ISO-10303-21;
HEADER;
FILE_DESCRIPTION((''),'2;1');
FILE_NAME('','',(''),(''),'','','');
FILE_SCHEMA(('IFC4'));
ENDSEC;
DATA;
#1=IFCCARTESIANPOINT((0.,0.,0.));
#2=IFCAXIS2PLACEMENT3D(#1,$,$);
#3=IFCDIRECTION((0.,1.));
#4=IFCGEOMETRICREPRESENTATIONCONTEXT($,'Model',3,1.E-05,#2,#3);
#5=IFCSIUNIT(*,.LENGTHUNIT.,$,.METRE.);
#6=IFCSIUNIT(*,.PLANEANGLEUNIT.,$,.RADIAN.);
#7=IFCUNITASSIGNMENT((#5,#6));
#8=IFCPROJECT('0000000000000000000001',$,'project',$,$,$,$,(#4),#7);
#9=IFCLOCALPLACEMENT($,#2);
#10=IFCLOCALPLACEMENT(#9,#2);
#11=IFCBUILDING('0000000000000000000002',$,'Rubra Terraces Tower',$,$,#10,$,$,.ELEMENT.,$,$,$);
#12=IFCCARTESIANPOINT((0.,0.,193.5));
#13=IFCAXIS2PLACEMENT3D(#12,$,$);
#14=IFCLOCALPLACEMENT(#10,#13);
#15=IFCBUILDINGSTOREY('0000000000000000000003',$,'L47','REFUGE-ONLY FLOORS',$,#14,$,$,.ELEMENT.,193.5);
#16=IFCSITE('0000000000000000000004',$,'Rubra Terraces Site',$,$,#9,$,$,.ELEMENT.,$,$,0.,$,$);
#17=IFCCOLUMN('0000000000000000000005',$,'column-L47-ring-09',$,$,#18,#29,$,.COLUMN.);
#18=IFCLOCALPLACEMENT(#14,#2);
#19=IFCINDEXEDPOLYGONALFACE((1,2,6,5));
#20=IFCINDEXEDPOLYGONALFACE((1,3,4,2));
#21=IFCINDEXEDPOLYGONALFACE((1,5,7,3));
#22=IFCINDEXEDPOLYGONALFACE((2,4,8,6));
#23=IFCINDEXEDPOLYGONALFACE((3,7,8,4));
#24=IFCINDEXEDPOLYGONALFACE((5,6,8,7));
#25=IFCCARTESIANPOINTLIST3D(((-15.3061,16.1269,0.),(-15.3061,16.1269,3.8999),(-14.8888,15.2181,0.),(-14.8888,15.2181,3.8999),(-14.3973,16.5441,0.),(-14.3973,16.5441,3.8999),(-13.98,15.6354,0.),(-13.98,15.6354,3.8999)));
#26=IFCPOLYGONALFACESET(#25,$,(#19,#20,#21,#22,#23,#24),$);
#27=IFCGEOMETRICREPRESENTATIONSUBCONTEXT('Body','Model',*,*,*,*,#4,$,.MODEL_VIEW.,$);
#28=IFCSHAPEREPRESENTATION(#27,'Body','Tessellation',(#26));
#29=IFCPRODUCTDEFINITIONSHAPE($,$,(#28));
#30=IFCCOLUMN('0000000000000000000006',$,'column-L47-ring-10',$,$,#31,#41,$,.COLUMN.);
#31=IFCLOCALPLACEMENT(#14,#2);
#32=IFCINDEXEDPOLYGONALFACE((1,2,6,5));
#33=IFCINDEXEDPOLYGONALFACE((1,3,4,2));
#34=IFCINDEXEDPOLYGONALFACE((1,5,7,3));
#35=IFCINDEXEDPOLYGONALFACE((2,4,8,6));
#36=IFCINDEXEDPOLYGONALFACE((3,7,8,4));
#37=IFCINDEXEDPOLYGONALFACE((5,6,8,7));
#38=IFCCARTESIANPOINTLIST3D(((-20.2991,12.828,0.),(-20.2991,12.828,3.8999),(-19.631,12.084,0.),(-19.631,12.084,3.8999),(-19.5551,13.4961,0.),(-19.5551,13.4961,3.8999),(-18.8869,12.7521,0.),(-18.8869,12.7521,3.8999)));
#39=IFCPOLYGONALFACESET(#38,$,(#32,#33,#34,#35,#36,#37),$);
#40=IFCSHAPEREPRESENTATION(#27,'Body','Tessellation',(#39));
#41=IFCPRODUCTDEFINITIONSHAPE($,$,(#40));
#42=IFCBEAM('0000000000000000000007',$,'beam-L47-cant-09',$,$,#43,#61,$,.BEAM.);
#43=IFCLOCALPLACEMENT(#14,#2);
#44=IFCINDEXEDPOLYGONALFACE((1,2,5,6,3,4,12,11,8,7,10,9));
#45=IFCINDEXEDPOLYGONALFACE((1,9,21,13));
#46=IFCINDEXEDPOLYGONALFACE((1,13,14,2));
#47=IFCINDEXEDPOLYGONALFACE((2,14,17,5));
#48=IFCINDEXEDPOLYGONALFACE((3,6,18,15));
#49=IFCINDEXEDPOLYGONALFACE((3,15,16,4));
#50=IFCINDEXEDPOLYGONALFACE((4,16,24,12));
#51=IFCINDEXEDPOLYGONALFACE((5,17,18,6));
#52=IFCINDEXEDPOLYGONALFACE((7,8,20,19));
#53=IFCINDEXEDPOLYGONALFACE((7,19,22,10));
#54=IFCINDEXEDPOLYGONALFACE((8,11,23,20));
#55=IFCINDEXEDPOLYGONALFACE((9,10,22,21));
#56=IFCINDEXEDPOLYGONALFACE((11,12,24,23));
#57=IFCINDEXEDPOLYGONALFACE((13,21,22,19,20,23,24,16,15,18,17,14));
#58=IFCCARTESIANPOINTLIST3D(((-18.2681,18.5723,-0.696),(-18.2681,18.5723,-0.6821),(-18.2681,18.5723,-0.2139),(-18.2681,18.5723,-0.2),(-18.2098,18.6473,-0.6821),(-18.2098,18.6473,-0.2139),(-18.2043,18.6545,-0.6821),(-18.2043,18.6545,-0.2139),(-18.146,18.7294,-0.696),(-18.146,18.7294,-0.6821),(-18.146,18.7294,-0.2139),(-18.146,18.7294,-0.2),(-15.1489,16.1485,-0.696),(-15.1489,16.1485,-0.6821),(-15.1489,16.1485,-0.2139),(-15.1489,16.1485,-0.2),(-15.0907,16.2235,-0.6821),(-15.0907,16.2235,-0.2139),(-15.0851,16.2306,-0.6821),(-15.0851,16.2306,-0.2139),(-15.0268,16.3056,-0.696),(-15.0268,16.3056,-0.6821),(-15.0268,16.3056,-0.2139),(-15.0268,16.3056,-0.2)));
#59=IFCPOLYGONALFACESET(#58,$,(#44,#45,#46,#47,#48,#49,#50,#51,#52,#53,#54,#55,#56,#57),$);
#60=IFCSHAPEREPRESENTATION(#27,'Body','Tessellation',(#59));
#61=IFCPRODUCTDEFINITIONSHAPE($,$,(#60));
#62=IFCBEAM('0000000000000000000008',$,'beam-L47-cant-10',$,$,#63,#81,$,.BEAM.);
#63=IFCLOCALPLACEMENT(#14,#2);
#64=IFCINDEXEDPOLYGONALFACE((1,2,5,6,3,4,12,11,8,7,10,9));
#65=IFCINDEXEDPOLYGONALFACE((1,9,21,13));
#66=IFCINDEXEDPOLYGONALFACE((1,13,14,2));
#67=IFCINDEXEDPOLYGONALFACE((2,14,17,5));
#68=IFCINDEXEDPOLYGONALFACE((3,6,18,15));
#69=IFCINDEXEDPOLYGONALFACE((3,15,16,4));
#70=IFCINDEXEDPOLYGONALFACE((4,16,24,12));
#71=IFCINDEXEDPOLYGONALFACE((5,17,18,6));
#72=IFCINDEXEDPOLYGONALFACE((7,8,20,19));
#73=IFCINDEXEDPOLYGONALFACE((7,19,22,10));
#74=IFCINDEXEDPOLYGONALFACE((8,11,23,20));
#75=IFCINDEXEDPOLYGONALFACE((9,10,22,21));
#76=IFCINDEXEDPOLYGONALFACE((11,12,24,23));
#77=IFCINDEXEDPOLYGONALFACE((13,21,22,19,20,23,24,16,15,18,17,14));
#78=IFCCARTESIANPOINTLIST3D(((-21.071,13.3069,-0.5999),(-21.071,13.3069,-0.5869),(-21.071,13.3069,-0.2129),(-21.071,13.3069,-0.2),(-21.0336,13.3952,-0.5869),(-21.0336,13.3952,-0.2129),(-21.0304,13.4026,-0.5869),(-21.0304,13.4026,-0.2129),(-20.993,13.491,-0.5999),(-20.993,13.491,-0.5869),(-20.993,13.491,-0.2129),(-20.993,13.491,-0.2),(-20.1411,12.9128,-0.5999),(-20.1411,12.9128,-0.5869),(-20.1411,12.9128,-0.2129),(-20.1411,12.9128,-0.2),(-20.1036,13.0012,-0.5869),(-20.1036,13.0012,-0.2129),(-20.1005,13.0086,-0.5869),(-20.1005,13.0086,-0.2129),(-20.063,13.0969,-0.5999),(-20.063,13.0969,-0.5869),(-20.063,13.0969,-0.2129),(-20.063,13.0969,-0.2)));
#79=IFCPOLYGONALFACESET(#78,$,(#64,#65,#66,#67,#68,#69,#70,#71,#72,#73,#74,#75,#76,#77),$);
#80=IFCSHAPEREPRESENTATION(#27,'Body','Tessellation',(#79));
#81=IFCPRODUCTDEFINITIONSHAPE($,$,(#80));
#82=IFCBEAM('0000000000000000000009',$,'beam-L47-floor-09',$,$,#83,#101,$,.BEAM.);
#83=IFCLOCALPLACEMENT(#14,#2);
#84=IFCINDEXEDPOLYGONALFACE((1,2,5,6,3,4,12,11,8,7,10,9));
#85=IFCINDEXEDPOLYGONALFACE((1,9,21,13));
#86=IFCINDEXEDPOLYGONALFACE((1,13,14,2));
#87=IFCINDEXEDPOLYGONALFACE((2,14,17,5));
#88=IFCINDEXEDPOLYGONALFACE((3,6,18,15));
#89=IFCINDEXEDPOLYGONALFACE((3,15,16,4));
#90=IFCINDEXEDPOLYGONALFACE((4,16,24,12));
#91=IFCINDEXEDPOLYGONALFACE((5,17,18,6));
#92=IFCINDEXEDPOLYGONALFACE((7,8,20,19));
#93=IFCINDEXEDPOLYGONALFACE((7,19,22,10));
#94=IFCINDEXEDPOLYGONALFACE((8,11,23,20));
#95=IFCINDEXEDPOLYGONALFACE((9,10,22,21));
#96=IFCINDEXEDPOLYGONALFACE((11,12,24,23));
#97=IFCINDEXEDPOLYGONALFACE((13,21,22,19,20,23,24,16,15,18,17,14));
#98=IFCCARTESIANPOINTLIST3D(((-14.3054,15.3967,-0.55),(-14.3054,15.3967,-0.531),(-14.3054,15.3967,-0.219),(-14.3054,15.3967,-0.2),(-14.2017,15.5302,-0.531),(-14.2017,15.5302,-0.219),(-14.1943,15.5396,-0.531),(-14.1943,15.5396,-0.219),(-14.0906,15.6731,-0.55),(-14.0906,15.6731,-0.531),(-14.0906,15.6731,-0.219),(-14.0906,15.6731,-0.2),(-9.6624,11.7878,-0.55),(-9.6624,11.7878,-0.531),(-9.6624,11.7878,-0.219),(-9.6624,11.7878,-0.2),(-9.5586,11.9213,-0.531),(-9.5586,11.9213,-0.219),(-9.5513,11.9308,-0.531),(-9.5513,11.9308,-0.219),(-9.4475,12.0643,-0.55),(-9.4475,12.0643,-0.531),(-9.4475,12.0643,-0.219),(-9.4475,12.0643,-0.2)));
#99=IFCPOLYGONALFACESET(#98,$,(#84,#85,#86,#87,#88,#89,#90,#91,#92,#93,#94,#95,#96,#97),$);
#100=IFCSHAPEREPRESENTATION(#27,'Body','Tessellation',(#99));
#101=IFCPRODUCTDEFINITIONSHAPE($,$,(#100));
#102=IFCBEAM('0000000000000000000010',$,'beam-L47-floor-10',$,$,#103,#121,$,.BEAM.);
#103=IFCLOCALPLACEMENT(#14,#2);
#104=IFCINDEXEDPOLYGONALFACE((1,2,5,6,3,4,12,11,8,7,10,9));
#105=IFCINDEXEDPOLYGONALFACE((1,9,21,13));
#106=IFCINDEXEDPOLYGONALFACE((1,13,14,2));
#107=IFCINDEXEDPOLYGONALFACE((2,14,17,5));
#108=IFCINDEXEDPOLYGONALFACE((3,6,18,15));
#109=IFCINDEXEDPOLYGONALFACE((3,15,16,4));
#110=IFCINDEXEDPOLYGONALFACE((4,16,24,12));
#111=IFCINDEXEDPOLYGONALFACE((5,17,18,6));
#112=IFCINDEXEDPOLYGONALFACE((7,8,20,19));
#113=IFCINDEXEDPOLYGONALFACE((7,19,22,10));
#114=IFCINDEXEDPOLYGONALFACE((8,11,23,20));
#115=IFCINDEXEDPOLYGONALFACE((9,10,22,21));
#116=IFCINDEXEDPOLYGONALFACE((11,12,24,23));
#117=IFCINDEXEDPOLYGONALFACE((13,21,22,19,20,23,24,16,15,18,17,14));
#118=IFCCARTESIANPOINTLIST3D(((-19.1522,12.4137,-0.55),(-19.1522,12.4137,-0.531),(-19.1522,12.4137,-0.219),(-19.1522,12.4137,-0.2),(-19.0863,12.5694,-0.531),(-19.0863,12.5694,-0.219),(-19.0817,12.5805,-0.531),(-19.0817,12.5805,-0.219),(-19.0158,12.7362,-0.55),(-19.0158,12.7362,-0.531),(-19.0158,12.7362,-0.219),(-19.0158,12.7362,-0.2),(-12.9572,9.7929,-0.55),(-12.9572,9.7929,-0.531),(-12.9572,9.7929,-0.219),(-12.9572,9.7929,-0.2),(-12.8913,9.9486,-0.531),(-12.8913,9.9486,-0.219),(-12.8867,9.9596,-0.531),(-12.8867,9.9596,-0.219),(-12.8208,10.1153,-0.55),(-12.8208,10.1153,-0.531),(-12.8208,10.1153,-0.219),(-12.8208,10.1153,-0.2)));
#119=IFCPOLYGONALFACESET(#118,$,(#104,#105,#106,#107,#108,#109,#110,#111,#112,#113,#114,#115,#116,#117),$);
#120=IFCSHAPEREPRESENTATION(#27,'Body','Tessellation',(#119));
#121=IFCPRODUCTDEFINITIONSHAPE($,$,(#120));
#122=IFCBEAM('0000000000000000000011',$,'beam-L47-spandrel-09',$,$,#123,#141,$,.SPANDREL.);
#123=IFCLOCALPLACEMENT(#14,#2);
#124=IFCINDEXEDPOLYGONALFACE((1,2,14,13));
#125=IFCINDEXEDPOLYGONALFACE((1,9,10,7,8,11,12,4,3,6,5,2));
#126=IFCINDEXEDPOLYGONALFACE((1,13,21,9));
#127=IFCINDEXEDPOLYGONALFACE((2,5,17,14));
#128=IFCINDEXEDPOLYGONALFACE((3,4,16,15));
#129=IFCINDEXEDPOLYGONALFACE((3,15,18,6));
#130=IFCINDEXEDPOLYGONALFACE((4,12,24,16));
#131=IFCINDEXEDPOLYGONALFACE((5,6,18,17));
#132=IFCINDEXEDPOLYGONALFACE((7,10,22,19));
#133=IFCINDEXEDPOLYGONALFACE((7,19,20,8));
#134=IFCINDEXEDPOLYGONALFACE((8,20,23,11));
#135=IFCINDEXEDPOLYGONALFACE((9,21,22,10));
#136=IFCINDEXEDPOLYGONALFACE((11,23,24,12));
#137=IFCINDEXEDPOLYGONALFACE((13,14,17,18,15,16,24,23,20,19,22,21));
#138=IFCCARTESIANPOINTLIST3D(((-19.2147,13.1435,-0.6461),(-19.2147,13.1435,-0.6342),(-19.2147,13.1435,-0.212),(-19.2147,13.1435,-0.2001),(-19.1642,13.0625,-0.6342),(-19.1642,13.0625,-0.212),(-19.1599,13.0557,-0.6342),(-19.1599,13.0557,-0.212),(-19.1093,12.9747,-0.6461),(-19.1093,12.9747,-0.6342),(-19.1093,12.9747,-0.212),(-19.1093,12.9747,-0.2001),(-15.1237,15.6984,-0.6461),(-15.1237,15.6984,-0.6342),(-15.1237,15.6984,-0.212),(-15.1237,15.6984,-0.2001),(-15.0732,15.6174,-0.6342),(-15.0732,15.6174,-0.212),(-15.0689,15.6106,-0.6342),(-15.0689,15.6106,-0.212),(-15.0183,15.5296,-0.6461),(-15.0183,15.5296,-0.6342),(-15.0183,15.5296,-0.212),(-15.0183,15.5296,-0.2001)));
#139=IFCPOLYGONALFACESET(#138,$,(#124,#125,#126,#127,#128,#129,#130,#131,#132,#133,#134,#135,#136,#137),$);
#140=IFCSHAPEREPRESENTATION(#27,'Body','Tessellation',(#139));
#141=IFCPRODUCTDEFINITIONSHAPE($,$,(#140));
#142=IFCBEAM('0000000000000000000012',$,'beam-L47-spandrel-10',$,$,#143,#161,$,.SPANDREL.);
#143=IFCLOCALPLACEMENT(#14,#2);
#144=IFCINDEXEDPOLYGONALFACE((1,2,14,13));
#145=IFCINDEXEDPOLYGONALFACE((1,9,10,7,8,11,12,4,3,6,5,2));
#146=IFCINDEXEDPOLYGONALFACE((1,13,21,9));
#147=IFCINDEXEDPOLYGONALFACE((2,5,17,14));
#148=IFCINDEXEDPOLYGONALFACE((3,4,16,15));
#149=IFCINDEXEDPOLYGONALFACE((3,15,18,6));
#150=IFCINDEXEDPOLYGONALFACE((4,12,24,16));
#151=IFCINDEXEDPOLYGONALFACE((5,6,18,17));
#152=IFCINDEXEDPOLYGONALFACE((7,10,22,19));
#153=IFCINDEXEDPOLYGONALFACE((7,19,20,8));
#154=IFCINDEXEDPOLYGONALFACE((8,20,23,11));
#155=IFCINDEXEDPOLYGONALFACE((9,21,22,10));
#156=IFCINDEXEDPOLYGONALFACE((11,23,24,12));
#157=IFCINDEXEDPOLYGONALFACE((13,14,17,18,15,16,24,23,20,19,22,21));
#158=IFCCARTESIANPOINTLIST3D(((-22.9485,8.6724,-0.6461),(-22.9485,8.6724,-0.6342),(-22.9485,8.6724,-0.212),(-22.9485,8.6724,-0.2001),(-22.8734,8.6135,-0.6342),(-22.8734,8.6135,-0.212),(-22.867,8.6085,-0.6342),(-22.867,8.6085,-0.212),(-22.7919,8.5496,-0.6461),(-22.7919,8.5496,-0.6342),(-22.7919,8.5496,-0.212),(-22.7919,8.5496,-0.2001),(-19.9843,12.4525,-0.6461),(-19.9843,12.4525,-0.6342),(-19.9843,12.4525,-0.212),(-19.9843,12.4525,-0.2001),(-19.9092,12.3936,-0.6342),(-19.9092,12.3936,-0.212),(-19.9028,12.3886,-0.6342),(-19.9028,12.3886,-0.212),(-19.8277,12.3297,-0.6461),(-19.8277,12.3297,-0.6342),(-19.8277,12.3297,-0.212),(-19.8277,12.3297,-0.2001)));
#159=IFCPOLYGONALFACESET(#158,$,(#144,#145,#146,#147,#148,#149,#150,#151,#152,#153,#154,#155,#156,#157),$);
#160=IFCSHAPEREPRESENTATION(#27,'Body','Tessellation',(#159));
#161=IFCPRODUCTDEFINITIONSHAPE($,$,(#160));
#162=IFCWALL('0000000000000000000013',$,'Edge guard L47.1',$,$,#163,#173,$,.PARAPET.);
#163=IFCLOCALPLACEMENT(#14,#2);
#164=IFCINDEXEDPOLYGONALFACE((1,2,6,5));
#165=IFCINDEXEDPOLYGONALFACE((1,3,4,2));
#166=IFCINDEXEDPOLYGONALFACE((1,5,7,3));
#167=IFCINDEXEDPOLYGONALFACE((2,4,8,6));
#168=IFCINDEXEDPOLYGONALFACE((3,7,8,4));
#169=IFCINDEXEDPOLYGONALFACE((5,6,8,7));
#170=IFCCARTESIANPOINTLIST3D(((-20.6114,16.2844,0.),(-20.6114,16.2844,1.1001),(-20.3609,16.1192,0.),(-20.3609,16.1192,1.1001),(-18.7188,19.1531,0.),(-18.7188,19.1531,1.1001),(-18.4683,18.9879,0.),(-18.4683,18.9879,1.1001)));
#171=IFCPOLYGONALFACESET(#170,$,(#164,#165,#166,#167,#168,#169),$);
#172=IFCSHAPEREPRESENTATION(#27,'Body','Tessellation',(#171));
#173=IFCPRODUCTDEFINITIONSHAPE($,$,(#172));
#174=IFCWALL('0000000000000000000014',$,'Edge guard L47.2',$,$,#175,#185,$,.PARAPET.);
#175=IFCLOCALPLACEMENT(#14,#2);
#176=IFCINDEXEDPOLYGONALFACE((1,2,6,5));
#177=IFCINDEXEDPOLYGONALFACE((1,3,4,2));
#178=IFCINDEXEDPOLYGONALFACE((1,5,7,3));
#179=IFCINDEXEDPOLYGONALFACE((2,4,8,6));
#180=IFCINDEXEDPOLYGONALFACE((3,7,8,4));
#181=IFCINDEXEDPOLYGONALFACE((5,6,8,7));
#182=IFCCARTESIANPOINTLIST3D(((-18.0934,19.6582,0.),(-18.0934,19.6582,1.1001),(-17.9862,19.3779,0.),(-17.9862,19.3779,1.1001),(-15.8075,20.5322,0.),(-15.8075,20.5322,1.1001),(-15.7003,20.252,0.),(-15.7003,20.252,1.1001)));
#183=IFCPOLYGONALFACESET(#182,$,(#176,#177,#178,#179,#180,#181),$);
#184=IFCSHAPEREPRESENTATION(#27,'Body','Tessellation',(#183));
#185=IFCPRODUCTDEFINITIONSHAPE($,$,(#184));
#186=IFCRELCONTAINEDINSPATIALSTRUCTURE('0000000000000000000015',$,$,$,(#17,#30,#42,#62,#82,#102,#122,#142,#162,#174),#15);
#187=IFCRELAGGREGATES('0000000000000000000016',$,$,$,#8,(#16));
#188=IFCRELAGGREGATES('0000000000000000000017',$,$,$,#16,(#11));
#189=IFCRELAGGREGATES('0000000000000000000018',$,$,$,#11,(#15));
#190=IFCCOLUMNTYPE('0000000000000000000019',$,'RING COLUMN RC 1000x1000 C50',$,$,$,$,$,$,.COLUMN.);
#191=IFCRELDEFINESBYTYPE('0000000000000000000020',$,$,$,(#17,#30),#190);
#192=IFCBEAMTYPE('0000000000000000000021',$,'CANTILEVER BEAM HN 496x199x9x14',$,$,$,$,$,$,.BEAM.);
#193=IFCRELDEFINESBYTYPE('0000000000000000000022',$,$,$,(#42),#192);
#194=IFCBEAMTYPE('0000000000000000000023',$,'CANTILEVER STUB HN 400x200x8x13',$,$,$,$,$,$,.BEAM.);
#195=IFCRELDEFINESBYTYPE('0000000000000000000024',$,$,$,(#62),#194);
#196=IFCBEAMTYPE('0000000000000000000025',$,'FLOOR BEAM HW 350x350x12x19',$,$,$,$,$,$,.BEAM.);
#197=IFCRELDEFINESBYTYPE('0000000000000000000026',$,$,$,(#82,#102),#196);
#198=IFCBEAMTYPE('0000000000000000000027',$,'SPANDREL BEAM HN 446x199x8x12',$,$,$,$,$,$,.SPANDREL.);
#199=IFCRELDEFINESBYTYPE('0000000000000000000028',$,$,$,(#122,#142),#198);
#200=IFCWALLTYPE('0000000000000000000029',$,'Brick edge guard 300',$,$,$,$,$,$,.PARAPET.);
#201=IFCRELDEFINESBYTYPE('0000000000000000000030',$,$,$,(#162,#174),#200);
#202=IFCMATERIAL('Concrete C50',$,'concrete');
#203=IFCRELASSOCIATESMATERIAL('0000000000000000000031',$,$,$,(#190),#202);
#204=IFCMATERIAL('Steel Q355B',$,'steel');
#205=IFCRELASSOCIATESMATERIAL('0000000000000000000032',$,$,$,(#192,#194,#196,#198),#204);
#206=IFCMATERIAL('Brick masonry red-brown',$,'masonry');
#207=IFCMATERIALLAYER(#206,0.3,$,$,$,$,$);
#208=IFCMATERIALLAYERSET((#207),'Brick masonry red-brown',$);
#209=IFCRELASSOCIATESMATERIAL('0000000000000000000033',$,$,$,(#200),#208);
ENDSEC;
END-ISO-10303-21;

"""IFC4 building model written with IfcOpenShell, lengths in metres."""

from ifc_helpers import new_model, si_unit, direction, frame, frame_2d, origin, origin_2d, place, context, subcontext, project, spatial, rectangle, i_section, extrude, material, layer, layer_set, material_profile, profile_set, type_object, element, save


model = new_model("IFC4")

# Units and contexts
model_context = context("Model", 3, precision=1e-05, world=origin(), true_north=direction((0.0, 1.0)))
body_context = subcontext(model_context, "Body", "Model", "MODEL_VIEW")
ifc_project = project(units=[si_unit("LENGTHUNIT", "METRE"), si_unit("PLANEANGLEUNIT", "RADIAN")], contexts=[model_context])

# Site, building, storey
site_placement = place(None, origin())
site = spatial("IfcSite", under=ifc_project, at=site_placement, Name="Rubra Terraces Site", CompositionType="ELEMENT", RefElevation=0.0)
building_placement = place(site_placement, origin())
building = spatial("IfcBuilding", under=site, at=building_placement, Name="Rubra Terraces Tower", CompositionType="ELEMENT")
storey_placement = place(building_placement, frame((0.0, 0.0, 193.5)))
storey = spatial("IfcBuildingStorey", under=building, at=storey_placement, Name="L47", Description="REFUGE-ONLY FLOORS", CompositionType="ELEMENT", Elevation=193.5)

# Columns
ifc_material_1 = material(Name="Concrete C50", Category="concrete")
ifc_material_profile_1 = material_profile(ifc_material_1, rectangle(XDim=1.0, YDim=1.0, at=origin_2d()), Name="RC 1000x1000")
ifc_profile_set_1 = profile_set([ifc_material_profile_1], Name="Concrete C50")
column_type = type_object("IfcColumnType", Name="RING COLUMN RC 1000x1000 C50", PredefinedType="COLUMN", material=ifc_profile_set_1)
for number, where, z_axis, x_axis, name in (
    (1, (-14.6431, 15.8811, 0.0), (0.0, 0.0, 1.0), (-0.908779, -0.417279, 0.0), "column-L47-ring-09"),
    (2, (-19.593, 12.79, 0.0), (0.0, 0.0, 1.0), (-0.744021, -0.668156, 0.0), "column-L47-ring-10"),
):
    element("IfcColumn", number, at=place(storey_placement, frame(where, z_axis=z_axis, x_axis=x_axis)), inside=storey, type_object=column_type, Name=name, PredefinedType="COLUMN", context=body_context, shape_type="SweptSolid", body=[
        extrude(rectangle(XDim=1.0, YDim=1.0, at=origin_2d()), origin(), (0.0, 0.0, 1.0), 3.8999),
    ])

# Beams
ifc_material_2 = material(Name="Steel Q355B", Category="steel")
ifc_material_profile_2 = material_profile(ifc_material_2, i_section(OverallWidth=0.199, OverallDepth=0.4961, WebThickness=0.009, FlangeThickness=0.0139, at=origin_2d()), Name="HN 496x199x9x14")
ifc_profile_set_2 = profile_set([ifc_material_profile_2], Name="Steel Q355B")
beam_type_1 = type_object("IfcBeamType", Name="CANTILEVER BEAM HN 496x199x9x14", PredefinedType="BEAM", material=ifc_profile_set_2)
beam_1_placement = place(storey_placement, frame((-15.0879, 16.2271, -0.448), z_axis=(-0.789618, 0.613598, 0.0), x_axis=(-0.613598, -0.789618, 0.0)))
element("IfcBeam", 3, at=beam_1_placement, inside=storey, type_object=beam_type_1, Name="beam-L47-cant-09", PredefinedType="BEAM", context=body_context, shape_type="SweptSolid", body=[
    extrude(i_section(OverallWidth=0.199, OverallDepth=0.4961, WebThickness=0.009, FlangeThickness=0.0139, at=origin_2d()), origin(), (0.0, 0.0, 1.0), 3.9502),
])
ifc_material_profile_3 = material_profile(ifc_material_2, i_section(OverallWidth=0.2, OverallDepth=0.3999, WebThickness=0.0081, FlangeThickness=0.0129, at=origin_2d()), Name="HN 400x200x8x13")
ifc_profile_set_3 = profile_set([ifc_material_profile_3], Name="Steel Q355B")
beam_type_2 = type_object("IfcBeamType", Name="CANTILEVER STUB HN 400x200x8x13", PredefinedType="BEAM", material=ifc_profile_set_3)
beam_2_placement = place(storey_placement, frame((-20.1021, 13.0049, -0.3999), z_axis=(-0.92075, 0.390153, 0.0), x_axis=(-0.390153, -0.92075, 0.0)))
element("IfcBeam", 4, at=beam_2_placement, inside=storey, type_object=beam_type_2, Name="beam-L47-cant-10", PredefinedType="BEAM", context=body_context, shape_type="SweptSolid", body=[
    extrude(i_section(OverallWidth=0.2, OverallDepth=0.3999, WebThickness=0.0081, FlangeThickness=0.0129, at=origin_2d()), origin(), (0.0, 0.0, 1.0), 1.01),
])
ifc_material_profile_4 = material_profile(ifc_material_2, i_section(OverallWidth=0.3501, OverallDepth=0.3501, WebThickness=0.012, FlangeThickness=0.019, at=origin_2d()), Name="HW 350x350x12x19")
ifc_profile_set_4 = profile_set([ifc_material_profile_4], Name="Steel Q355B")
beam_type_3 = type_object("IfcBeamType", Name="FLOOR BEAM HW 350x350x12x19", PredefinedType="BEAM", material=ifc_profile_set_4)
beam_3_placement = place(storey_placement, frame((-14.198, 15.5349, -0.375), z_axis=(0.789549, -0.613688, 0.0), x_axis=(0.613688, 0.789549, 0.0)))
element("IfcBeam", 5, at=beam_3_placement, inside=storey, type_object=beam_type_3, Name="beam-L47-floor-09", PredefinedType="BEAM", context=body_context, shape_type="SweptSolid", body=[
    extrude(i_section(OverallWidth=0.3501, OverallDepth=0.3501, WebThickness=0.012, FlangeThickness=0.019, at=origin_2d()), origin(), (0.0, 0.0, 1.0), 5.8806),
])
beam_4_placement = place(storey_placement, frame((-19.084, 12.575, -0.375), z_axis=(0.920975, -0.389622, 0.0), x_axis=(0.389622, 0.920975, 0.0)))
element("IfcBeam", 6, at=beam_4_placement, inside=storey, type_object=beam_type_3, Name="beam-L47-floor-10", PredefinedType="BEAM", context=body_context, shape_type="SweptSolid", body=[
    extrude(i_section(OverallWidth=0.3501, OverallDepth=0.3501, WebThickness=0.012, FlangeThickness=0.019, at=origin_2d()), origin(), (0.0, 0.0, 1.0), 6.7266),
])
ifc_material_profile_5 = material_profile(ifc_material_2, i_section(OverallWidth=0.199, OverallDepth=0.446, WebThickness=0.0081, FlangeThickness=0.012, at=origin_2d()), Name="HN 446x199x8x12")
ifc_profile_set_5 = profile_set([ifc_material_profile_5], Name="Steel Q355B")
beam_type_4 = type_object("IfcBeamType", Name="SPANDREL BEAM HN 446x199x8x12", PredefinedType="SPANDREL", material=ifc_profile_set_5)
beam_5_placement = place(storey_placement, frame((-15.071, 15.614, -0.4231), z_axis=(-0.848183, -0.529703, 0.0), x_axis=(0.529703, -0.848183, 0.0)))
element("IfcBeam", 7, at=beam_5_placement, inside=storey, type_object=beam_type_4, Name="beam-L47-spandrel-09", PredefinedType="SPANDREL", context=body_context, shape_type="SweptSolid", body=[
    extrude(i_section(OverallWidth=0.199, OverallDepth=0.446, WebThickness=0.0081, FlangeThickness=0.012, at=origin_2d()), origin(), (0.0, 0.0, 1.0), 4.8232),
])
beam_6_placement = place(storey_placement, frame((-19.906, 12.3911, -0.4231), z_axis=(-0.61706, -0.786916, 0.0), x_axis=(0.786916, -0.61706, 0.0)))
element("IfcBeam", 8, at=beam_6_placement, inside=storey, type_object=beam_type_4, Name="beam-L47-spandrel-10", PredefinedType="SPANDREL", context=body_context, shape_type="SweptSolid", body=[
    extrude(i_section(OverallWidth=0.199, OverallDepth=0.446, WebThickness=0.0081, FlangeThickness=0.012, at=origin_2d()), origin(), (0.0, 0.0, 1.0), 4.8037),
])

# Walls
ifc_material_3 = material(Name="Brick masonry red-brown", Category="masonry")
ifc_layer_1 = layer(ifc_material_3, 0.3)
ifc_layer_set_1 = layer_set([ifc_layer_1], Name="Brick masonry red-brown")
wall_type_1 = type_object("IfcWallType", Name="Brick edge guard 300", PredefinedType="PARAPET", material=ifc_layer_set_1)
wall_1_placement = place(storey_placement, frame((-20.4861, 16.2019, 0.0), z_axis=(0.0, 0.0, 1.0), x_axis=(0.550694, 0.834707, 0.0)))
element("IfcWall", 9, at=wall_1_placement, inside=storey, type_object=wall_type_1, Name="Edge guard L47.1", PredefinedType="PARAPET", context=body_context, shape_type="SweptSolid", body=[
    extrude(rectangle(XDim=3.4368, YDim=0.3, at=frame_2d((1.7183, 0.0))), origin(), (0.0, 0.0, 1.0), 1.1001),
])
wall_2_placement = place(storey_placement, frame((-18.0398, 19.5181, 0.0), z_axis=(0.0, 0.0, 1.0), x_axis=(0.934051, 0.35714, 0.0)))
element("IfcWall", 10, at=wall_2_placement, inside=storey, type_object=wall_type_1, Name="Edge guard L47.2", PredefinedType="PARAPET", context=body_context, shape_type="SweptSolid", body=[
    extrude(rectangle(XDim=2.4473, YDim=0.3, at=frame_2d((1.2236, 0.0))), origin(), (0.0, 0.0, 1.0), 1.1001),
])

save(model, "model.ifc")
